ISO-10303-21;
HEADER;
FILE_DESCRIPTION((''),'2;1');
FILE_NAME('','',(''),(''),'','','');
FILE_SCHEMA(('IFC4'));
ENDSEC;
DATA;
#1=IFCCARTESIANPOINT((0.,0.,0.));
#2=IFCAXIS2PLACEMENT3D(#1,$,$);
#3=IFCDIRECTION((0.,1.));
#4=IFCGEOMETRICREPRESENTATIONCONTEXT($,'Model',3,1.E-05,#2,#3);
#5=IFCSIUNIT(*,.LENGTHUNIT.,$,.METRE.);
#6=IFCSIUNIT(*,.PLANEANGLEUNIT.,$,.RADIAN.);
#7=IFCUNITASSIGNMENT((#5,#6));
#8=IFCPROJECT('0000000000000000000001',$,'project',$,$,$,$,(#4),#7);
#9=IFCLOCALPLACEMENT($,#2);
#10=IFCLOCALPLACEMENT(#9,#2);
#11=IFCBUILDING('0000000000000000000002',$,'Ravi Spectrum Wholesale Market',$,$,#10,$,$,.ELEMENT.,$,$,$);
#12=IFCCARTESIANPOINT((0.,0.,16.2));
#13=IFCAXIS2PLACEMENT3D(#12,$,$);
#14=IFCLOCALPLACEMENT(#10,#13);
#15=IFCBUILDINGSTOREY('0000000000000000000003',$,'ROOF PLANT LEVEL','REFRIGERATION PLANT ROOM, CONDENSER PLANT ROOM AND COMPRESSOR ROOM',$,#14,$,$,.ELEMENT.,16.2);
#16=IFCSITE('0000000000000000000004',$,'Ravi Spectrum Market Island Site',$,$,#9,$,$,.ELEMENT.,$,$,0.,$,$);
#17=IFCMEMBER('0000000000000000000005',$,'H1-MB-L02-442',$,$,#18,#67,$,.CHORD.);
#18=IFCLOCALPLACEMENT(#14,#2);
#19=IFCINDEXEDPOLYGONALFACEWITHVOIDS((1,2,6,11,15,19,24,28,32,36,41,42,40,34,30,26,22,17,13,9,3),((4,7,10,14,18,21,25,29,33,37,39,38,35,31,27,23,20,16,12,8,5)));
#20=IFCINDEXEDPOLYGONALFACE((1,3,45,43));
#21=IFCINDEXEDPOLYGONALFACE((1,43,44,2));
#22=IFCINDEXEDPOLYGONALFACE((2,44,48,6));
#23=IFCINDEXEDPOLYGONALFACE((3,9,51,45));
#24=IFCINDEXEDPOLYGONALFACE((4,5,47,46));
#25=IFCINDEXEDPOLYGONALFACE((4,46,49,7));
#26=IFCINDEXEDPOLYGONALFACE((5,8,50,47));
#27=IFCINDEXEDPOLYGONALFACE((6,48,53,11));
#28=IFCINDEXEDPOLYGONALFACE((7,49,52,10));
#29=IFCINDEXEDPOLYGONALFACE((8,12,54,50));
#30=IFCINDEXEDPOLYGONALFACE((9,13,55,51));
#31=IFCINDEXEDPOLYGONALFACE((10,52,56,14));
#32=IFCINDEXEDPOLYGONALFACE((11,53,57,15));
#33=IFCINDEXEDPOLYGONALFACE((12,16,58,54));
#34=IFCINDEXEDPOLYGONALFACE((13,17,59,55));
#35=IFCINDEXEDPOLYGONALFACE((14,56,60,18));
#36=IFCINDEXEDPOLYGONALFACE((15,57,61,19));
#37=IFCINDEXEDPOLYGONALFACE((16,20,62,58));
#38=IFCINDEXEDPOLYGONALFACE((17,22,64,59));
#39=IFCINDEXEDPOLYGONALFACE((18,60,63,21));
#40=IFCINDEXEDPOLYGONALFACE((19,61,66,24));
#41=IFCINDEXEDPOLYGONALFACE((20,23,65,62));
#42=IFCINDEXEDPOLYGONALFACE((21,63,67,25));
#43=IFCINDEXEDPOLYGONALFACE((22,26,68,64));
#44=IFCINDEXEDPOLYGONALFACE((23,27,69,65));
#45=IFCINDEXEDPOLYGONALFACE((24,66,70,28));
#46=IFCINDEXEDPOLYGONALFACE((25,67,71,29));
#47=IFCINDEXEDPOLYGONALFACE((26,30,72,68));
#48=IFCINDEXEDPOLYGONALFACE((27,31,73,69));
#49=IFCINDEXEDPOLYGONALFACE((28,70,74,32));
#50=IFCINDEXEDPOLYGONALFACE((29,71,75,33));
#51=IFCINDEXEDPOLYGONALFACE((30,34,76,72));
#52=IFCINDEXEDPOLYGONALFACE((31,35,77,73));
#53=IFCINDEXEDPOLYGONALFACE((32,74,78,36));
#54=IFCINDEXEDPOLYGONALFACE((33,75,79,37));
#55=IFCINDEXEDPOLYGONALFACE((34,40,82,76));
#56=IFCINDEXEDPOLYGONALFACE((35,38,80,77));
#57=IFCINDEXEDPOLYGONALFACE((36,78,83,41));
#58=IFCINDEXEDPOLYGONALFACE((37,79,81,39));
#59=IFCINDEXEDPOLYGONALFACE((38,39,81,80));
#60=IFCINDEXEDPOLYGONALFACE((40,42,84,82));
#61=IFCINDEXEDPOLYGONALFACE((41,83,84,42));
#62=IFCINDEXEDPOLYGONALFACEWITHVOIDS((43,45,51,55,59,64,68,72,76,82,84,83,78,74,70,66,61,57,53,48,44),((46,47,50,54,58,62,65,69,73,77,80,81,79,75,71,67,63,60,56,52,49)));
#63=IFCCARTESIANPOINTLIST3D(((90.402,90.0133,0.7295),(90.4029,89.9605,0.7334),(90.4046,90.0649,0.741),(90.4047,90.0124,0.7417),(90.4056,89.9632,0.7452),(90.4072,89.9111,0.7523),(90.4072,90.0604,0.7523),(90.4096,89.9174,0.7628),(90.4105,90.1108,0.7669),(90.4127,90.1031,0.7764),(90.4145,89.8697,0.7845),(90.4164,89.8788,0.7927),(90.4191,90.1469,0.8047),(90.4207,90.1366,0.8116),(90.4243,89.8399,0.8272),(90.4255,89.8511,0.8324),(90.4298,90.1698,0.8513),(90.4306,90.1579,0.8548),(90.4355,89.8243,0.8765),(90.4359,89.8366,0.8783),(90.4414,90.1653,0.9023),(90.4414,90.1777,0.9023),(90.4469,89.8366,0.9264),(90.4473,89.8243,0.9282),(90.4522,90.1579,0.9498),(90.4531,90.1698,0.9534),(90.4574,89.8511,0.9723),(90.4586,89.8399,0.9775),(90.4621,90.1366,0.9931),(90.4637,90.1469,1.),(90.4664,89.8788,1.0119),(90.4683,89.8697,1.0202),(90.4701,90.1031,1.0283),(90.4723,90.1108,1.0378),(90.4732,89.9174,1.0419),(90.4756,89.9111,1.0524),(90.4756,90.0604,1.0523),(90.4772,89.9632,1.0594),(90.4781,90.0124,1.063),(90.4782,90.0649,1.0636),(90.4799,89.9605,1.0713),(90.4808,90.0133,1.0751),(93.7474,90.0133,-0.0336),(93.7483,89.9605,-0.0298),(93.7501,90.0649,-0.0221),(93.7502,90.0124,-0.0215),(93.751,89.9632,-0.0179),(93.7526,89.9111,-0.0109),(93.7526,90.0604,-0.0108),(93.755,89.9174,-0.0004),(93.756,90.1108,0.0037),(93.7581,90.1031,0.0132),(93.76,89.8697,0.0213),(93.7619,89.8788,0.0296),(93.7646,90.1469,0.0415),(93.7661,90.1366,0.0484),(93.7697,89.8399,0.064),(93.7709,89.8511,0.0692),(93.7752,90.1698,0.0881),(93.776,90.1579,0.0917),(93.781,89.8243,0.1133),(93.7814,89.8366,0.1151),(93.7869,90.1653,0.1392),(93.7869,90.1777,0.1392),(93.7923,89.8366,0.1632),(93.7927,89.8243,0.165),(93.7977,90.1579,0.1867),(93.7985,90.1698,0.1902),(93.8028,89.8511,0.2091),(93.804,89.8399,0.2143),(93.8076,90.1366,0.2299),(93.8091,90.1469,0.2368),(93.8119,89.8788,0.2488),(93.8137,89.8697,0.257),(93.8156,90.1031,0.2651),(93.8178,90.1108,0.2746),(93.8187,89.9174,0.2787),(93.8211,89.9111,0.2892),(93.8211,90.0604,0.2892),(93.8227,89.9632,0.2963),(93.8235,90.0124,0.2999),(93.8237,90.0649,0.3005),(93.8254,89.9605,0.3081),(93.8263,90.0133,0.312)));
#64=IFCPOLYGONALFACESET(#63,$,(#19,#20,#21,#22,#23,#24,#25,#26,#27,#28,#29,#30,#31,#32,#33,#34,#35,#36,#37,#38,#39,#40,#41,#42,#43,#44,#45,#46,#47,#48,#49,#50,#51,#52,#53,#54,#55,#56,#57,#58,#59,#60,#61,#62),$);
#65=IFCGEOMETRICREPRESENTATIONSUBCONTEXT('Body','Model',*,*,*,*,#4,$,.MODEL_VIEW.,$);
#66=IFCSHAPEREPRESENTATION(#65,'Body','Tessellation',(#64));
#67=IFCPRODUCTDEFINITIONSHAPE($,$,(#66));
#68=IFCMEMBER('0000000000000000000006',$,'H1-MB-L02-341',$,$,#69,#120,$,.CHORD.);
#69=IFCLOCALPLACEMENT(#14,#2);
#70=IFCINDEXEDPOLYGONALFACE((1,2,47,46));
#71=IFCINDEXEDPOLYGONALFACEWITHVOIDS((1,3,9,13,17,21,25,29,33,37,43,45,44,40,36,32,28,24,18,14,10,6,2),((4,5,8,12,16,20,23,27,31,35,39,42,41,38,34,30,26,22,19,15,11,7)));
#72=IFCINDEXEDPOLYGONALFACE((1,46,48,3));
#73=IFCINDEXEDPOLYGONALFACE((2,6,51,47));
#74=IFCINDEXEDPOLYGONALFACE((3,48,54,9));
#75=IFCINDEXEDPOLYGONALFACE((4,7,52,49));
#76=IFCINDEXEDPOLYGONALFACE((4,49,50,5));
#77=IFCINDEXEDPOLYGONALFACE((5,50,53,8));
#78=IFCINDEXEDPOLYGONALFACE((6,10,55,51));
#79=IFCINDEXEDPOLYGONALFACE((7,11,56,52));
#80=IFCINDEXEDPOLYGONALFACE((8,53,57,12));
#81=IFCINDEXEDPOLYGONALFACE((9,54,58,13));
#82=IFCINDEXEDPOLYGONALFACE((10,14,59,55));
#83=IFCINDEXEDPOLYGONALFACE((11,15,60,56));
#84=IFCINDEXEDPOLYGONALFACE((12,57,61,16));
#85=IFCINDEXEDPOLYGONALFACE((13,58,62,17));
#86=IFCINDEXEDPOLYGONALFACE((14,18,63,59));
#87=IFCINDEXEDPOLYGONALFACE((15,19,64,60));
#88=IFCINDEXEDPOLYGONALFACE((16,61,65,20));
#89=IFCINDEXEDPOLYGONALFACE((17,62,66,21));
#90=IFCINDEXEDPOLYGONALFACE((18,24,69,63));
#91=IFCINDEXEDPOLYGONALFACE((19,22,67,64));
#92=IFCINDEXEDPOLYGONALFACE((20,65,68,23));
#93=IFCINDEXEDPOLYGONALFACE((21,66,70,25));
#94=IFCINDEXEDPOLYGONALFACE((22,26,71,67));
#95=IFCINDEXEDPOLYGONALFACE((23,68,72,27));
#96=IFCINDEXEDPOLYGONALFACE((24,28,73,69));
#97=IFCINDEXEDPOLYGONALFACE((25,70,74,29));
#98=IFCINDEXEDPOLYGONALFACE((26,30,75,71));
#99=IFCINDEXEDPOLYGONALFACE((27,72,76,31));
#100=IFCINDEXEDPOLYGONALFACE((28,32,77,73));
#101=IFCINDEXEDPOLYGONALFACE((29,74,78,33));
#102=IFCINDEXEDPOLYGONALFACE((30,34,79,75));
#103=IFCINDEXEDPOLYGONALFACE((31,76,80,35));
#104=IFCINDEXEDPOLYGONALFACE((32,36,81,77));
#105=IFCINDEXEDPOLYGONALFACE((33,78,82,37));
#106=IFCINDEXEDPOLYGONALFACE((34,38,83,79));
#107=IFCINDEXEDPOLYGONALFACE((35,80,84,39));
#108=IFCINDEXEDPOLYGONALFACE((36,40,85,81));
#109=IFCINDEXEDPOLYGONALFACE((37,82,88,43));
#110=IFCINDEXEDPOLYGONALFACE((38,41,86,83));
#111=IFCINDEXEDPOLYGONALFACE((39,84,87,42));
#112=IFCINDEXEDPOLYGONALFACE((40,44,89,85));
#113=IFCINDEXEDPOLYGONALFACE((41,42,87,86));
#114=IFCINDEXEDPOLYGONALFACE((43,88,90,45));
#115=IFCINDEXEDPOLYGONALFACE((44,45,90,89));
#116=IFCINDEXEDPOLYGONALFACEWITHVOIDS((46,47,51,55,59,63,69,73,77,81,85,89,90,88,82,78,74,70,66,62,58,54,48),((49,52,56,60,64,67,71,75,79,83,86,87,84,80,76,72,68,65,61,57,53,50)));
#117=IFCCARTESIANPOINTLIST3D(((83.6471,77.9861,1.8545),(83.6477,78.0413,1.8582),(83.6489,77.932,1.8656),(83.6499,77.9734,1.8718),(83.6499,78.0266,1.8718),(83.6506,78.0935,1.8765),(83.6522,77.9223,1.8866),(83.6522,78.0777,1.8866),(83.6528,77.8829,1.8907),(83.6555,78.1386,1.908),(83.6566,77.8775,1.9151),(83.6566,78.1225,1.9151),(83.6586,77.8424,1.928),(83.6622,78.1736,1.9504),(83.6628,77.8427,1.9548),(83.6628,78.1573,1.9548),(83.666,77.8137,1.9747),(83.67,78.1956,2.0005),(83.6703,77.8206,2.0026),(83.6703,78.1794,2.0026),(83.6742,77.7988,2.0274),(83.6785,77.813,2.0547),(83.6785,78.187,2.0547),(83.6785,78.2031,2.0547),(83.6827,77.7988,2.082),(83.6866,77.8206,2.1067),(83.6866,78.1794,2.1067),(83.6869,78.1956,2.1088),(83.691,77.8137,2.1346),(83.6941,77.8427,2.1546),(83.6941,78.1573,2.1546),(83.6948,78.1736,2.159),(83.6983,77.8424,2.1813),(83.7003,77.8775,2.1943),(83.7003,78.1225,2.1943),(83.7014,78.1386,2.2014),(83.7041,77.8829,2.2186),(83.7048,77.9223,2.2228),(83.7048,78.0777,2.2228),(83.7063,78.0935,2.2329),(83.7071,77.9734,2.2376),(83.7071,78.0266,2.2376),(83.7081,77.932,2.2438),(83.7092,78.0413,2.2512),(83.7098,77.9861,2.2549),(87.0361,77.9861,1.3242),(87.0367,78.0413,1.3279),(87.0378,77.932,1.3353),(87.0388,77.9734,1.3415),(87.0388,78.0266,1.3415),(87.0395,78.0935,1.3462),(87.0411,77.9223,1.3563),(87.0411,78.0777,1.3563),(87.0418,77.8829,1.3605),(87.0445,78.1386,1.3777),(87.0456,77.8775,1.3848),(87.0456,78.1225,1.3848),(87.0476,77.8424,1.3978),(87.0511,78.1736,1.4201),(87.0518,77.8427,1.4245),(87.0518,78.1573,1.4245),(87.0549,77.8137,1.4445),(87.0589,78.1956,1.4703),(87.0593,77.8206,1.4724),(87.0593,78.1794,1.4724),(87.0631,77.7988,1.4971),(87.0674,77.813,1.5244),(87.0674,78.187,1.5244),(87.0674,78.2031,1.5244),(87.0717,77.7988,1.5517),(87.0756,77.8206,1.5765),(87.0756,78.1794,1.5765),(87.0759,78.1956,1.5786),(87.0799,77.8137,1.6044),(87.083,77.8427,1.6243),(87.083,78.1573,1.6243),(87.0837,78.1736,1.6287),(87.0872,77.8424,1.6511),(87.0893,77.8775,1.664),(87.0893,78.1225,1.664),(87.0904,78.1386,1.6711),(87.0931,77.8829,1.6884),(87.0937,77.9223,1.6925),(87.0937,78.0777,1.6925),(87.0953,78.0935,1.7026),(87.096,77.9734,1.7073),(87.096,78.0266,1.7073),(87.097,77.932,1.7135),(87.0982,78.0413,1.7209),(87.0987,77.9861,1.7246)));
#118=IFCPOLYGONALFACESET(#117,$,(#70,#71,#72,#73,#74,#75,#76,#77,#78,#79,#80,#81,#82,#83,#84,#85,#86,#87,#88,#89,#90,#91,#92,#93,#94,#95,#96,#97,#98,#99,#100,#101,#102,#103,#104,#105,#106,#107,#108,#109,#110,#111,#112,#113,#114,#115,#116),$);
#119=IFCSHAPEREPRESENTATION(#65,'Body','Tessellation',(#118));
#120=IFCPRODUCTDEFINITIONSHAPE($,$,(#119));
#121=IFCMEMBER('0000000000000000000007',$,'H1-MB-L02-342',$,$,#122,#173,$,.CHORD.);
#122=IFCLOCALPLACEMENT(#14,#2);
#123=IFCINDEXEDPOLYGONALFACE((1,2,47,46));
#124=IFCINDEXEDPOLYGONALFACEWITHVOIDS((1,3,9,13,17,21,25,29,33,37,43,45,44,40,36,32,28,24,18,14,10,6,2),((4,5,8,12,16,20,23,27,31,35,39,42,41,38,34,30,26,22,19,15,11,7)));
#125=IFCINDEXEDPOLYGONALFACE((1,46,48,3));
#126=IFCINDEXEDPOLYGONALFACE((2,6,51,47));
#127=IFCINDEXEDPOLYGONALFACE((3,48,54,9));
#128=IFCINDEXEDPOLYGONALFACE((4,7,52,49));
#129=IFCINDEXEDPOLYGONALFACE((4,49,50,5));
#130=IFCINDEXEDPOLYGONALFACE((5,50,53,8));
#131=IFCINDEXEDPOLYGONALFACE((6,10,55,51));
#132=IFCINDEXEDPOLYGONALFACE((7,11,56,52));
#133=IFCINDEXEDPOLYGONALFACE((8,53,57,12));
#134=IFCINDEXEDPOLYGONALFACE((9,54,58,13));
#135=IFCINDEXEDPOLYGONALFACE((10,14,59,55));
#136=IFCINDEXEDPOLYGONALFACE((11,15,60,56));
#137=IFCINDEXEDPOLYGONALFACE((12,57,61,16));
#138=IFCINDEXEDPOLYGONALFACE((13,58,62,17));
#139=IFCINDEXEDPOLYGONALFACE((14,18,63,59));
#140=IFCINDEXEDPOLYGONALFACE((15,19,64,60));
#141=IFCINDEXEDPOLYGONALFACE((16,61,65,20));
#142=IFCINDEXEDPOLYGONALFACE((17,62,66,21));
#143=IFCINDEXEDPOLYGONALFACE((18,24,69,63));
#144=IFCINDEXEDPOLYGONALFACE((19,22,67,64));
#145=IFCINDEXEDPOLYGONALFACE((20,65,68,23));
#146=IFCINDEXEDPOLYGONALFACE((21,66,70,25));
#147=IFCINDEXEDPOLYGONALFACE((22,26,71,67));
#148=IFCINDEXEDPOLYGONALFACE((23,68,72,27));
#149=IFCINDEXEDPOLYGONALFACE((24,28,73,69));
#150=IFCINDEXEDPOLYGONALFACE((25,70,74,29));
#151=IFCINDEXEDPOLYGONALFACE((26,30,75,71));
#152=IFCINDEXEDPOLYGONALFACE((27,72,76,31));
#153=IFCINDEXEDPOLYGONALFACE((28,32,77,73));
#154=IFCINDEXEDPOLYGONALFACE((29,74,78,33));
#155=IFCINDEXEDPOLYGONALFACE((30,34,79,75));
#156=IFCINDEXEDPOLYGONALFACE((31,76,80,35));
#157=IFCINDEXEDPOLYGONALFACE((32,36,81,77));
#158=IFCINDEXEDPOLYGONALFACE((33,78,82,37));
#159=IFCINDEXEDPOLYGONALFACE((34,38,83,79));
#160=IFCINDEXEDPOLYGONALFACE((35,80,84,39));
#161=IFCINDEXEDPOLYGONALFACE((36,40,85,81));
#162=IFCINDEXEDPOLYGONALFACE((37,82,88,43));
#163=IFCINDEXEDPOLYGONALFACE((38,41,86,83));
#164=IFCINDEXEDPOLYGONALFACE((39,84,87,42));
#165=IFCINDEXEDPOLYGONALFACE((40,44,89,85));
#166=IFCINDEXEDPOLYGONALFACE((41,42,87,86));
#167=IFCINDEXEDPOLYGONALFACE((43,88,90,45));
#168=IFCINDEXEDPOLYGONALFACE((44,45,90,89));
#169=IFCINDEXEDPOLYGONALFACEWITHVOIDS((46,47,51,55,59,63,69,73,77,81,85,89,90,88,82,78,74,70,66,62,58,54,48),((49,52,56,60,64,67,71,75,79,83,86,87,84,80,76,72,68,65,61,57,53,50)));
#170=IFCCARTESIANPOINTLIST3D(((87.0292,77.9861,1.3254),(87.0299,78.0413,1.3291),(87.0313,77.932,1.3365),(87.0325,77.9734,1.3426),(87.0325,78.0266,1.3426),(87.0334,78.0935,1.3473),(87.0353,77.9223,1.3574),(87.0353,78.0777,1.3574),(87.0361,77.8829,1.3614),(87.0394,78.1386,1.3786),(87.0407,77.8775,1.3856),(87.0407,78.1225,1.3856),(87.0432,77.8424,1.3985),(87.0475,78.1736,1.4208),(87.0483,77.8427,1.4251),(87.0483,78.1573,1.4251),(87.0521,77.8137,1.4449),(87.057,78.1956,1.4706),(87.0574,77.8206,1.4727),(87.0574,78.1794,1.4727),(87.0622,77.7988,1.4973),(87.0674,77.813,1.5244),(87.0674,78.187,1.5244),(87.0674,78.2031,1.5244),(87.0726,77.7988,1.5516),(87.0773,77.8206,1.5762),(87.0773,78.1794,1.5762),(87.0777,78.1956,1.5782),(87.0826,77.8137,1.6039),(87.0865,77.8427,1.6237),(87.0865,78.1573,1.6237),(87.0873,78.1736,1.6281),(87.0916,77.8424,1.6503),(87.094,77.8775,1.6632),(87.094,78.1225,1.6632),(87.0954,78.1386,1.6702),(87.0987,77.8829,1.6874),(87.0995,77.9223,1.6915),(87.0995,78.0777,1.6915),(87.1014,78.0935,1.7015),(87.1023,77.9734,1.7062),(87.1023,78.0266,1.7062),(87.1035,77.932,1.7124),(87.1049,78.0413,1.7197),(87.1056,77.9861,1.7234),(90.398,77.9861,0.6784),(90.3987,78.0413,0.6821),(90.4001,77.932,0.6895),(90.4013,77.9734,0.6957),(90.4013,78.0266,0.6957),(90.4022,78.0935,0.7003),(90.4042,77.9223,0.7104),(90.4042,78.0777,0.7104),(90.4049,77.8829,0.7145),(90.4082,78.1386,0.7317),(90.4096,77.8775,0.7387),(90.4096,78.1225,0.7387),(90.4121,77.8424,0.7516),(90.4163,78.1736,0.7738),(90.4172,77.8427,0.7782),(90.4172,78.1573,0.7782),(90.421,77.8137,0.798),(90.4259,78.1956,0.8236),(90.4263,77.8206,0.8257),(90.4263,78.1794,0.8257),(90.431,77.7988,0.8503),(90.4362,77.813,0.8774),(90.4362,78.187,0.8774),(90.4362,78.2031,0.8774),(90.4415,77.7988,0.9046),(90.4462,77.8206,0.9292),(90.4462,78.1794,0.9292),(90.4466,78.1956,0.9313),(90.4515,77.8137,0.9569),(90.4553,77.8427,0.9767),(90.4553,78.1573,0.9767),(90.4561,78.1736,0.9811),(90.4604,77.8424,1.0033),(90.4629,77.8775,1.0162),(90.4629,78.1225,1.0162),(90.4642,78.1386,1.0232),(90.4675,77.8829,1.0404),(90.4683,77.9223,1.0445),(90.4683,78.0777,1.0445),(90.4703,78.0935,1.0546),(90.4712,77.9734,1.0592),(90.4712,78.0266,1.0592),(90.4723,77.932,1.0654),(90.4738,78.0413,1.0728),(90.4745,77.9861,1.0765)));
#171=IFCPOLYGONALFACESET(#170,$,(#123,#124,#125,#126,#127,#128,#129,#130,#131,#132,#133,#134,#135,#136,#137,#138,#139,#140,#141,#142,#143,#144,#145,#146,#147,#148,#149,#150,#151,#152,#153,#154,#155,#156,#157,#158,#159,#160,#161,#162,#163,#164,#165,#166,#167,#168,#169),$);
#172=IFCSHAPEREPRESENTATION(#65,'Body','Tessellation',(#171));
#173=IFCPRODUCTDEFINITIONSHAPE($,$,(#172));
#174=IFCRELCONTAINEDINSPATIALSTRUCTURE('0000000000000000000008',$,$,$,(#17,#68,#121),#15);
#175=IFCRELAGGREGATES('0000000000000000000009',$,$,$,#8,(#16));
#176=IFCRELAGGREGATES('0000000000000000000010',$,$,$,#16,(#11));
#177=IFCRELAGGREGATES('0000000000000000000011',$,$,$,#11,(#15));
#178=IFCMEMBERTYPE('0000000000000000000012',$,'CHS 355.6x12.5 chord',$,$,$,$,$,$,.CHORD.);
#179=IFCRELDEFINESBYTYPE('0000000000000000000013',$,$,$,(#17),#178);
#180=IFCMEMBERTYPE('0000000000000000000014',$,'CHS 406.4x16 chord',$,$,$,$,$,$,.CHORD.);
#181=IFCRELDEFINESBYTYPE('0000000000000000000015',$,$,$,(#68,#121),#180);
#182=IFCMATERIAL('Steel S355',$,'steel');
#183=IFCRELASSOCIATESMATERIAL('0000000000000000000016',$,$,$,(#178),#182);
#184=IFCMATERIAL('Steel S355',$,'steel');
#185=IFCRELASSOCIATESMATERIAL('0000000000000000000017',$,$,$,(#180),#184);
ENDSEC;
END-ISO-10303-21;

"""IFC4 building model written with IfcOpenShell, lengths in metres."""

from ifc_helpers import new_model, si_unit, direction, frame, origin, origin_2d, place, context, subcontext, project, spatial, hollow_circle, extrude, material, material_profile, profile_set, type_object, element, save


model = new_model("IFC4")

# Units and contexts
model_context = context("Model", 3, precision=1e-05, world=origin(), true_north=direction((0.0, 1.0)))
body_context = subcontext(model_context, "Body", "Model", "MODEL_VIEW")
ifc_project = project(units=[si_unit("LENGTHUNIT", "METRE"), si_unit("PLANEANGLEUNIT", "RADIAN")], contexts=[model_context])

# Site, building, storey
site_placement = place(None, origin())
site = spatial("IfcSite", under=ifc_project, at=site_placement, Name="Ravi Spectrum Market Island Site", CompositionType="ELEMENT", RefElevation=0.0)
building_placement = place(site_placement, origin())
building = spatial("IfcBuilding", under=site, at=building_placement, Name="Ravi Spectrum Wholesale Market", CompositionType="ELEMENT")
storey_placement = place(building_placement, frame((0.0, 0.0, 16.2)))
storey = spatial("IfcBuildingStorey", under=building, at=storey_placement, Name="ROOF PLANT LEVEL", Description="REFRIGERATION PLANT ROOM, CONDENSER PLANT ROOM AND COMPRESSOR ROOM", CompositionType="ELEMENT", Elevation=16.2)

# Members
ifc_material_1 = material(Name="Steel S355", Category="steel")
ifc_material_profile_1 = material_profile(ifc_material_1, hollow_circle(Radius=0.1777, WallThickness=0.0125, at=origin_2d()))
ifc_profile_set_1 = profile_set([ifc_material_profile_1], Name="Steel S355")
member_type_1 = type_object("IfcMemberType", Name="CHS 355.6x12.5 chord", PredefinedType="CHORD", material=ifc_profile_set_1)
member_1_placement = place(storey_placement, frame((90.4414, 90.0, 0.9023), z_axis=(0.974953, 0.0, -0.222411), x_axis=(0.0, 1.0, 0.0)))
element("IfcMember", 1, at=member_1_placement, inside=storey, type_object=member_type_1, Name="H1-MB-L02-442", PredefinedType="CHORD", context=body_context, shape_type="SweptSolid", body=[
    extrude(hollow_circle(Radius=0.1777, WallThickness=0.0125, at=origin_2d()), origin(), (0.0, 0.0, 1.0), 3.4314),
])
ifc_material_2 = material(Name="Steel S355", Category="steel")
ifc_material_profile_2 = material_profile(ifc_material_2, hollow_circle(Radius=0.2031, WallThickness=0.0161, at=origin_2d()))
ifc_profile_set_2 = profile_set([ifc_material_profile_2], Name="Steel S355")
member_type_2 = type_object("IfcMemberType", Name="CHS 406.4x16 chord", PredefinedType="CHORD", material=ifc_profile_set_2)
member_2_placement = place(storey_placement, frame((83.6785, 78.0, 2.0547), z_axis=(0.987978, 0.0, -0.154592), x_axis=(0.0, 1.0, 0.0)))
element("IfcMember", 2, at=member_2_placement, inside=storey, type_object=member_type_2, Name="H1-MB-L02-341", PredefinedType="CHORD", context=body_context, shape_type="SweptSolid", body=[
    extrude(hollow_circle(Radius=0.2031, WallThickness=0.0161, at=origin_2d()), origin(), (0.0, 0.0, 1.0), 3.4302),
])
for number, where, z_axis, x_axis, name in (
    (3, (87.0674, 78.0, 1.5244), (0.982055, 0.0, -0.188597), (0.0, 1.0, 0.0), "H1-MB-L02-342"),
):
    element("IfcMember", number, at=place(storey_placement, frame(where, z_axis=z_axis, x_axis=x_axis)), inside=storey, type_object=member_type_2, Name=name, PredefinedType="CHORD", context=body_context, shape_type="SweptSolid", body=[
        extrude(hollow_circle(Radius=0.2031, WallThickness=0.0161, at=origin_2d()), origin(), (0.0, 0.0, 1.0), 3.4304),
    ])

save(model, "model.ifc")
